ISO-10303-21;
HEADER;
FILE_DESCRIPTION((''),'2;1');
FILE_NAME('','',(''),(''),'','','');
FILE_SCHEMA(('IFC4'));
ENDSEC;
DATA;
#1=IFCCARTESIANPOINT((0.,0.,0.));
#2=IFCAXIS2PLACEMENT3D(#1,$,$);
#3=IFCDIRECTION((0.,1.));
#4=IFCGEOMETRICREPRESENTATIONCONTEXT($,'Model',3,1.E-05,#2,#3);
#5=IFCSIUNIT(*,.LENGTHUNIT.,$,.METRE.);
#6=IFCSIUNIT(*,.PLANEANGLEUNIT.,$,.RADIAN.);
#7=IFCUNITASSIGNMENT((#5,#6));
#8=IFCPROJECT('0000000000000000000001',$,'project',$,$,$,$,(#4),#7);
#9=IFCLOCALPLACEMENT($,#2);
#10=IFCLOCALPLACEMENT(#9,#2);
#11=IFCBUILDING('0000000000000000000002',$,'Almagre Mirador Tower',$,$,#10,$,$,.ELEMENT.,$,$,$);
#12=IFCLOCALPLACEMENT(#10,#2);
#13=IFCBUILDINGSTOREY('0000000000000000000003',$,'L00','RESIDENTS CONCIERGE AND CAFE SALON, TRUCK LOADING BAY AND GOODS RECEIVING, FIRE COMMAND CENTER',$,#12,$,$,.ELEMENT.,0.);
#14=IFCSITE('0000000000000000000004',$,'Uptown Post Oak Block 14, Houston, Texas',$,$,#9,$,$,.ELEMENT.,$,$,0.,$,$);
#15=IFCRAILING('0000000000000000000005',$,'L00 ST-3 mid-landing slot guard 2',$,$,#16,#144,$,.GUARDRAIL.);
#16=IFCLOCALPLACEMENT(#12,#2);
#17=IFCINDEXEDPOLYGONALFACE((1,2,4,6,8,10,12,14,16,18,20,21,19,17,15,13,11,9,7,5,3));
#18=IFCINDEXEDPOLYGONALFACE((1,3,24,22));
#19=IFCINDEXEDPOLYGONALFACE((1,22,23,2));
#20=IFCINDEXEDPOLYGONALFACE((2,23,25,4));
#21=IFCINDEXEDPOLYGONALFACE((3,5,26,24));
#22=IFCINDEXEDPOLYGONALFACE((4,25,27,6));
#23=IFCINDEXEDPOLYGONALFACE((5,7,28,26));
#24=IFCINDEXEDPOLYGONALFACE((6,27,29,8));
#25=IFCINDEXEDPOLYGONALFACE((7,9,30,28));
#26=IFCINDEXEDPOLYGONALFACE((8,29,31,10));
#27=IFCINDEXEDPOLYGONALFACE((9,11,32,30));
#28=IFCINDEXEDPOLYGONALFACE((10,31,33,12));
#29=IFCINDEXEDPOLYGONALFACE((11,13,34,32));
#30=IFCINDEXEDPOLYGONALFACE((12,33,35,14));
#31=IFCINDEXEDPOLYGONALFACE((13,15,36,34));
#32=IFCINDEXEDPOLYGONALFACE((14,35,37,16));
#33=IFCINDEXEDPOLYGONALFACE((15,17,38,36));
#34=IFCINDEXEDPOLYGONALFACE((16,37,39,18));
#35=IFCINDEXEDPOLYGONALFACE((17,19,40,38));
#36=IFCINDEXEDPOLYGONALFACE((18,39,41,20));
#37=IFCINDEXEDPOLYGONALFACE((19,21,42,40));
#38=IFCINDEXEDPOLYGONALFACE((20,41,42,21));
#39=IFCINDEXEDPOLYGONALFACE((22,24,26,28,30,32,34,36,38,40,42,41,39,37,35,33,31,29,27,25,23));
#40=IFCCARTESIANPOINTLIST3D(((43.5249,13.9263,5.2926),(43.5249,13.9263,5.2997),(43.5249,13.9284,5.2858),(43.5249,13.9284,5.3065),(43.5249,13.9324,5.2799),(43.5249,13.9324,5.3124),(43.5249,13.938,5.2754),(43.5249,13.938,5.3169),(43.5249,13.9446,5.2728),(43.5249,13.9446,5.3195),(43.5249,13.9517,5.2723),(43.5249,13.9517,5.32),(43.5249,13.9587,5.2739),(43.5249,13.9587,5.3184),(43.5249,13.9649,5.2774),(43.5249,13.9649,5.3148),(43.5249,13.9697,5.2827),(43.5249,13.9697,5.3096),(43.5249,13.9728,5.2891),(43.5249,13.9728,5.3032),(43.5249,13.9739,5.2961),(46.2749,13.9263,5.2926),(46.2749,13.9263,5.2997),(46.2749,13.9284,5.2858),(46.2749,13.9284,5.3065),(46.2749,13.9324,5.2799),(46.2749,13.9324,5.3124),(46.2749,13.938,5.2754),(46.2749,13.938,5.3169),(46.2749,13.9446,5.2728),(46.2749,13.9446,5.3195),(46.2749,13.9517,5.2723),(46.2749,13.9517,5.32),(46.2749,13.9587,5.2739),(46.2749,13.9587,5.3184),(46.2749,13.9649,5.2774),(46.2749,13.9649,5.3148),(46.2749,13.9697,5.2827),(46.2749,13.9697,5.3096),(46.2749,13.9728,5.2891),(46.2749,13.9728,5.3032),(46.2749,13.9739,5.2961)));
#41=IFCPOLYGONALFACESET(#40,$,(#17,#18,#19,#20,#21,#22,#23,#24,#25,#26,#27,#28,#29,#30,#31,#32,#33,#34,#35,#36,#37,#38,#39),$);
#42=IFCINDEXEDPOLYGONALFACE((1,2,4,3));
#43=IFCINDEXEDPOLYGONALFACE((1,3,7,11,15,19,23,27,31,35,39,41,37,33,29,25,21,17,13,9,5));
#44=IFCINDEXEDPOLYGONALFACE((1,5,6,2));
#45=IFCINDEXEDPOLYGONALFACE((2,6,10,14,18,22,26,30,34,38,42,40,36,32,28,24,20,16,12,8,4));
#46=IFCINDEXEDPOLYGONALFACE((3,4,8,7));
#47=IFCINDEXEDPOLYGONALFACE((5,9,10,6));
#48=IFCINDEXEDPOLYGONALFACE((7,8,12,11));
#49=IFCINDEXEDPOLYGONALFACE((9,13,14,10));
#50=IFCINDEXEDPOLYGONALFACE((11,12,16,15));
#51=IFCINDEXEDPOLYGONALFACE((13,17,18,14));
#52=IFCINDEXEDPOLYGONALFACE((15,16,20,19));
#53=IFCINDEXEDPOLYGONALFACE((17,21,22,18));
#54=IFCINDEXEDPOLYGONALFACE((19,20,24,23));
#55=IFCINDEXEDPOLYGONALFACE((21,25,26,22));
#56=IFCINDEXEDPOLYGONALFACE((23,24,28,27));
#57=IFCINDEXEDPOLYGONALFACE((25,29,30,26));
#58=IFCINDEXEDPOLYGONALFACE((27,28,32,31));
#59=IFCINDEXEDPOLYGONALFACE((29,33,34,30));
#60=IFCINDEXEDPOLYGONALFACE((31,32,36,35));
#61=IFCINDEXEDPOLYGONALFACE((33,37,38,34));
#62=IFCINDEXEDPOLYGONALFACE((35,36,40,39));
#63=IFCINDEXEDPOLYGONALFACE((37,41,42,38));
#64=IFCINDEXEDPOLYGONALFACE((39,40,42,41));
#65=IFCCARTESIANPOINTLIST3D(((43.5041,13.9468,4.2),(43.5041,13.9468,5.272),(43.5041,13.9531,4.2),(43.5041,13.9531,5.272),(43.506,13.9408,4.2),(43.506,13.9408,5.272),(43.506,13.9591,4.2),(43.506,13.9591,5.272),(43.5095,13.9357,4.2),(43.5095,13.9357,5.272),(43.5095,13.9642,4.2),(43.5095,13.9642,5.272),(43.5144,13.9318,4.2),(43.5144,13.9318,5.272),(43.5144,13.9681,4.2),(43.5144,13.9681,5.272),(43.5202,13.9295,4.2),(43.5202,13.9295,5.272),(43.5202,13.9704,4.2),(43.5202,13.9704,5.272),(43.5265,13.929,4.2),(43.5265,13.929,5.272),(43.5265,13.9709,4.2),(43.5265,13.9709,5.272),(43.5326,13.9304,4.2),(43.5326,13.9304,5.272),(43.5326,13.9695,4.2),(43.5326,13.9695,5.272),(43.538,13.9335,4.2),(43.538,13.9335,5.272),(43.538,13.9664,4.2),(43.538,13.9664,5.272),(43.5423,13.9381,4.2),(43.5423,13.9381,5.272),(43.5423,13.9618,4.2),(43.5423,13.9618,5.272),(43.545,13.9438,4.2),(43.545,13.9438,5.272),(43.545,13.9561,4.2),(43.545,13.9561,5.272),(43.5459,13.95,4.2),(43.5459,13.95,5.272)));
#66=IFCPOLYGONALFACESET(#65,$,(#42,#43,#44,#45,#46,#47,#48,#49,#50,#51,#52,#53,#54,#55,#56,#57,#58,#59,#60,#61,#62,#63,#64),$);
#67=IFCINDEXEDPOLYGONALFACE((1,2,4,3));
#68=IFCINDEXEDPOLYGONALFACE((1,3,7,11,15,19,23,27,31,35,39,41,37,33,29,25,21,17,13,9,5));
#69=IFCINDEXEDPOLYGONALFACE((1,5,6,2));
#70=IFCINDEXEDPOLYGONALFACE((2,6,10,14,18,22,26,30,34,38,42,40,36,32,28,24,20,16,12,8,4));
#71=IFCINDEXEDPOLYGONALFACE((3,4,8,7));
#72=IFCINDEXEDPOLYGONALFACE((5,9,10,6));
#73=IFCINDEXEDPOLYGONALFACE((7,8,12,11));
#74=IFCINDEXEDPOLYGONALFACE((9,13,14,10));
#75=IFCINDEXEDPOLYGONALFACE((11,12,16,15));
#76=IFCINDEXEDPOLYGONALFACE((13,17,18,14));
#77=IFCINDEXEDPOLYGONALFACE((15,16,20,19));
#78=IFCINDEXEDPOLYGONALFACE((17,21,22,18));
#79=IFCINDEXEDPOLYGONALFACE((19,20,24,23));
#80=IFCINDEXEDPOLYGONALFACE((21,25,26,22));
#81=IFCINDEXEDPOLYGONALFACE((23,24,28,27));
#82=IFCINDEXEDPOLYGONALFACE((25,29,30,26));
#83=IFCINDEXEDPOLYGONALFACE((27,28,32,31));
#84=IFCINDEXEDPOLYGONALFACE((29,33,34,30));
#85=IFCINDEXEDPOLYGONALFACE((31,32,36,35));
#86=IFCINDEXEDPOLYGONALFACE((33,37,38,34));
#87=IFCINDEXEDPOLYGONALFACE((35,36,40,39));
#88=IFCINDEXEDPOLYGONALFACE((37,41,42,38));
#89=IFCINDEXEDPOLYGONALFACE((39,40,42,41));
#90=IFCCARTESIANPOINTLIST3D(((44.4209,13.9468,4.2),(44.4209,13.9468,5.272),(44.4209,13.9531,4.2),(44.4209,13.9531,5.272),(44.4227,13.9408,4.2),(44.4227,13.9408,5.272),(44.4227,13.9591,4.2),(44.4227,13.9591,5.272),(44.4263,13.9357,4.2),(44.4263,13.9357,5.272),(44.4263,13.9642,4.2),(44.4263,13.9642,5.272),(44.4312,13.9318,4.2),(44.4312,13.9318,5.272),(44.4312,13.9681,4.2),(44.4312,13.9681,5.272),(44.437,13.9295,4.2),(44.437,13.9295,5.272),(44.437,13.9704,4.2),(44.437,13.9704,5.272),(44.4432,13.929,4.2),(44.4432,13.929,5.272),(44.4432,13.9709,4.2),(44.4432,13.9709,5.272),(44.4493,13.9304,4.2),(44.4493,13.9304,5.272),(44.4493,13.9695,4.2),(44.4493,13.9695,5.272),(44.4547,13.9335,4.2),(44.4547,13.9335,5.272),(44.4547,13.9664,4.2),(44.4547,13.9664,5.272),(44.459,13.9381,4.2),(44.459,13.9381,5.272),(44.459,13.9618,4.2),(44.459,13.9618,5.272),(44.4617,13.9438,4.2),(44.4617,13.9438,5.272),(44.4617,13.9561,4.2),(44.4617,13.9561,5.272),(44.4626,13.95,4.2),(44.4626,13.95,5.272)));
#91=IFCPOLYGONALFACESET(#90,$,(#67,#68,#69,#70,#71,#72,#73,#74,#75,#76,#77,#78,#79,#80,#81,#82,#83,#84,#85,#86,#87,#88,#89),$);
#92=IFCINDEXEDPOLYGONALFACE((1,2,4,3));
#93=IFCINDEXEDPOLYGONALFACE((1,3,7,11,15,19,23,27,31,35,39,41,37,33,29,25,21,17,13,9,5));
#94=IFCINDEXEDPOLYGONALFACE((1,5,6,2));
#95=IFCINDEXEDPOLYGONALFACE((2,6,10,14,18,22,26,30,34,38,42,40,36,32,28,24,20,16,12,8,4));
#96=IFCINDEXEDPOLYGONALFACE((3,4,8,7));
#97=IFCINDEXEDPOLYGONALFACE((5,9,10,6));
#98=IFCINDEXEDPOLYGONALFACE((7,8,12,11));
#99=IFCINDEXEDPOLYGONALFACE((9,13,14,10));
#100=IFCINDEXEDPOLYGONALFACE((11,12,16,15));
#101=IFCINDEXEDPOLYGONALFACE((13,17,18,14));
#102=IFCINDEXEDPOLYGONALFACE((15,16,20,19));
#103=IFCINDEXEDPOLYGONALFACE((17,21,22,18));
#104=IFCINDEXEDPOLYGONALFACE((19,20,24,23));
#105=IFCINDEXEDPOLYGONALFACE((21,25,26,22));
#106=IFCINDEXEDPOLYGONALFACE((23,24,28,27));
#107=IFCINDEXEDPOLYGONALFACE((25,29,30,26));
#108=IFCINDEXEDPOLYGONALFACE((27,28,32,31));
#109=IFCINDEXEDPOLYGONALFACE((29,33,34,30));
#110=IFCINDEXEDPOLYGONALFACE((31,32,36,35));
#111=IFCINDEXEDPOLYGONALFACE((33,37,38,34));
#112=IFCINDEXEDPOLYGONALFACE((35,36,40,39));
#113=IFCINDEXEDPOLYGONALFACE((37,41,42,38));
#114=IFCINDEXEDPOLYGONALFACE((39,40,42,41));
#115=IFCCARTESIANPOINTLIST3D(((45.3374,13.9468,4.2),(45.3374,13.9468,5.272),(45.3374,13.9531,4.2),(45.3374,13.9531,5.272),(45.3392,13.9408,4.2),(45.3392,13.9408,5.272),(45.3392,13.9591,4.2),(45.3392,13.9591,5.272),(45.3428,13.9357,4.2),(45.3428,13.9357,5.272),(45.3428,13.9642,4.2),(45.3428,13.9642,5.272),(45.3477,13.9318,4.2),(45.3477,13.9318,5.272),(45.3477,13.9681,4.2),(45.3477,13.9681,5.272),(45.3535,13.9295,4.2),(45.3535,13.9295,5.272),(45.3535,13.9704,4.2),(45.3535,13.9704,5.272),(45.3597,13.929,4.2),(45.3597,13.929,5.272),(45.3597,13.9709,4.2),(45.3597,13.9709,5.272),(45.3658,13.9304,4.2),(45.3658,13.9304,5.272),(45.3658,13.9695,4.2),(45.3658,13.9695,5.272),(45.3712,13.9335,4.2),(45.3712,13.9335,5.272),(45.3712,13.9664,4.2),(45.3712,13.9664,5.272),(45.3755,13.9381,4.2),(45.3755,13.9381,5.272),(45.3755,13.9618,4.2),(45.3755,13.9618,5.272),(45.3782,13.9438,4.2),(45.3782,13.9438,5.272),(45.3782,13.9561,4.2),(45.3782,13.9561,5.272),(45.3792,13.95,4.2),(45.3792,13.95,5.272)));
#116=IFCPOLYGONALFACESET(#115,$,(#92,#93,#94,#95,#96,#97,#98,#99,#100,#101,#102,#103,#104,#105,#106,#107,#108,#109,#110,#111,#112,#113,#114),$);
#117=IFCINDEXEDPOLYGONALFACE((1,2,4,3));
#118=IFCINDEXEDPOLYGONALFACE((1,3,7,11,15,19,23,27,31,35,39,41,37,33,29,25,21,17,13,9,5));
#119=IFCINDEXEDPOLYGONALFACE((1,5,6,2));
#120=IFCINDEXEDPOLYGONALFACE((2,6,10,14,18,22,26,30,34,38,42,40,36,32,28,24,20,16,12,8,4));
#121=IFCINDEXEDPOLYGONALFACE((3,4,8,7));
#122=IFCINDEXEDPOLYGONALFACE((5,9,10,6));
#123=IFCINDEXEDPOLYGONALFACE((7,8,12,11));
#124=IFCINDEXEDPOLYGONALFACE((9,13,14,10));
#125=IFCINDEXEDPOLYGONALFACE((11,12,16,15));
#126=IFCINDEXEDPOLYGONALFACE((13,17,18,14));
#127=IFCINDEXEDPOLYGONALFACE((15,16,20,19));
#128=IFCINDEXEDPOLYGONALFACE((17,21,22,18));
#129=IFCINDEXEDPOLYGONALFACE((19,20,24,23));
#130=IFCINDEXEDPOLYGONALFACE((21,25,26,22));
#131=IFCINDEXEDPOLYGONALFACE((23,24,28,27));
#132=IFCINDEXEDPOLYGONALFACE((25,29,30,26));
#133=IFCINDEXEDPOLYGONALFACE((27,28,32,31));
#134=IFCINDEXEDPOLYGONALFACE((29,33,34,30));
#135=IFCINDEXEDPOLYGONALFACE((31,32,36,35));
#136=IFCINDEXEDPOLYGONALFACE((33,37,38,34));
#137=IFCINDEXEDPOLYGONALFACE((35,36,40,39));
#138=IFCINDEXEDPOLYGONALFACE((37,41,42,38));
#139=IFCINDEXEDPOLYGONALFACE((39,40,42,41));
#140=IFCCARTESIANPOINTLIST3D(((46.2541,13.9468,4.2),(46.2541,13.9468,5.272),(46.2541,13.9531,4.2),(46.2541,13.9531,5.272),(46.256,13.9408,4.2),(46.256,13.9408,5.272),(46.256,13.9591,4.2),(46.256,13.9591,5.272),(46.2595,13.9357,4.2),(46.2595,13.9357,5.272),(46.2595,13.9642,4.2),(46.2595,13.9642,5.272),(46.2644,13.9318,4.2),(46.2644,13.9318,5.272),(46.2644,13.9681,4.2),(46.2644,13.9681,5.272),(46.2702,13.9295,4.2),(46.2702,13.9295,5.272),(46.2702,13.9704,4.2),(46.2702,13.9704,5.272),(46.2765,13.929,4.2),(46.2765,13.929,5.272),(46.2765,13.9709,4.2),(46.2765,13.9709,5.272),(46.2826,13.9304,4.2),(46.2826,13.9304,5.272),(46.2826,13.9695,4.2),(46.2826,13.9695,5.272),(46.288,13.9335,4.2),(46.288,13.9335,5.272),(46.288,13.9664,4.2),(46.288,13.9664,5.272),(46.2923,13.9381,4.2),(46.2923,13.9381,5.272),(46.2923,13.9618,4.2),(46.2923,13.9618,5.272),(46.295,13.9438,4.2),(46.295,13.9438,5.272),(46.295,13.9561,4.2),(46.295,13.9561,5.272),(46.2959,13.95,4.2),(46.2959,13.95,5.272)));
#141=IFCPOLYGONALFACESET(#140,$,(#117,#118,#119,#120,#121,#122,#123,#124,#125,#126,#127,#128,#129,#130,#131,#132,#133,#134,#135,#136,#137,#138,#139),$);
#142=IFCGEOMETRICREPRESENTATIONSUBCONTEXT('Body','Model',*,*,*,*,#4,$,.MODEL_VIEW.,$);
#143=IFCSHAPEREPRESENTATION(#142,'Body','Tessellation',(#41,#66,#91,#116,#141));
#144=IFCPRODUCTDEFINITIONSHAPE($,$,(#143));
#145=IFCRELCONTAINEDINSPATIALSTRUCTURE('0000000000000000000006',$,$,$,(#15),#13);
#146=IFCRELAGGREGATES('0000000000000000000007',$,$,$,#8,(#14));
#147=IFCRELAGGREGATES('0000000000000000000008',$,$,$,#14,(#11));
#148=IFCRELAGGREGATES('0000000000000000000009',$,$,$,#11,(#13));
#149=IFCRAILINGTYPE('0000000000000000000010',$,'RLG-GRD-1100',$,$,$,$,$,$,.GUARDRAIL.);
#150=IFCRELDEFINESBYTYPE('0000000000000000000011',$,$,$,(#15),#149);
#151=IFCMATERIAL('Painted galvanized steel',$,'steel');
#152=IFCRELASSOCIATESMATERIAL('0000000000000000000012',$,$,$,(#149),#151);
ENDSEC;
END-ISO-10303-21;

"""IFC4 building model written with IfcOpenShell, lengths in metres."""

from ifc_helpers import new_model, si_unit, direction, frame, origin, origin_2d, place, context, subcontext, project, spatial, circle, extrude, material, type_object, element, save


model = new_model("IFC4")

# Units and contexts
model_context = context("Model", 3, precision=1e-05, world=origin(), true_north=direction((0.0, 1.0)))
body_context = subcontext(model_context, "Body", "Model", "MODEL_VIEW")
ifc_project = project(units=[si_unit("LENGTHUNIT", "METRE"), si_unit("PLANEANGLEUNIT", "RADIAN")], contexts=[model_context])

# Site, building, storey
site_placement = place(None, origin())
site = spatial("IfcSite", under=ifc_project, at=site_placement, Name="Uptown Post Oak Block 14, Houston, Texas", CompositionType="ELEMENT", RefElevation=0.0)
building_placement = place(site_placement, origin())
building = spatial("IfcBuilding", under=site, at=building_placement, Name="Almagre Mirador Tower", CompositionType="ELEMENT")
storey_placement = place(building_placement, origin())
storey = spatial("IfcBuildingStorey", under=building, at=storey_placement, Name="L00", Description="RESIDENTS CONCIERGE AND CAFE SALON, TRUCK LOADING BAY AND GOODS RECEIVING, FIRE COMMAND CENTER", CompositionType="ELEMENT", Elevation=0.0)

# Railing
ifc_material_1 = material(Name="Painted galvanized steel", Category="steel")
railing_type = type_object("IfcRailingType", Name="RLG-GRD-1100", PredefinedType="GUARDRAIL", material=ifc_material_1)
railing_placement = place(storey_placement, frame((43.5249, 13.95, 4.2)))
element("IfcRailing", 1, at=railing_placement, inside=storey, type_object=railing_type, Name="L00 ST-3 mid-landing slot guard 2", PredefinedType="GUARDRAIL", context=body_context, shape_type="SweptSolid", body=[
    extrude(circle(Radius=0.0239, at=origin_2d()), frame((0.0, 0.0, 1.0962), z_axis=(1.0, 0.0, 0.0), x_axis=(0.0, 1.0, 0.0)), (0.0, 0.0, 1.0), 2.75),
    extrude(circle(Radius=0.021, at=origin_2d()), origin(), (0.0, 0.0, 1.0), 1.072),
    extrude(circle(Radius=0.021, at=origin_2d()), frame((0.9167, 0.0, 0.0)), (0.0, 0.0, 1.0), 1.072),
    extrude(circle(Radius=0.021, at=origin_2d()), frame((1.8333, 0.0, 0.0)), (0.0, 0.0, 1.0), 1.072),
    extrude(circle(Radius=0.021, at=origin_2d()), frame((2.75, 0.0, 0.0)), (0.0, 0.0, 1.0), 1.072),
])

save(model, "model.ifc")
